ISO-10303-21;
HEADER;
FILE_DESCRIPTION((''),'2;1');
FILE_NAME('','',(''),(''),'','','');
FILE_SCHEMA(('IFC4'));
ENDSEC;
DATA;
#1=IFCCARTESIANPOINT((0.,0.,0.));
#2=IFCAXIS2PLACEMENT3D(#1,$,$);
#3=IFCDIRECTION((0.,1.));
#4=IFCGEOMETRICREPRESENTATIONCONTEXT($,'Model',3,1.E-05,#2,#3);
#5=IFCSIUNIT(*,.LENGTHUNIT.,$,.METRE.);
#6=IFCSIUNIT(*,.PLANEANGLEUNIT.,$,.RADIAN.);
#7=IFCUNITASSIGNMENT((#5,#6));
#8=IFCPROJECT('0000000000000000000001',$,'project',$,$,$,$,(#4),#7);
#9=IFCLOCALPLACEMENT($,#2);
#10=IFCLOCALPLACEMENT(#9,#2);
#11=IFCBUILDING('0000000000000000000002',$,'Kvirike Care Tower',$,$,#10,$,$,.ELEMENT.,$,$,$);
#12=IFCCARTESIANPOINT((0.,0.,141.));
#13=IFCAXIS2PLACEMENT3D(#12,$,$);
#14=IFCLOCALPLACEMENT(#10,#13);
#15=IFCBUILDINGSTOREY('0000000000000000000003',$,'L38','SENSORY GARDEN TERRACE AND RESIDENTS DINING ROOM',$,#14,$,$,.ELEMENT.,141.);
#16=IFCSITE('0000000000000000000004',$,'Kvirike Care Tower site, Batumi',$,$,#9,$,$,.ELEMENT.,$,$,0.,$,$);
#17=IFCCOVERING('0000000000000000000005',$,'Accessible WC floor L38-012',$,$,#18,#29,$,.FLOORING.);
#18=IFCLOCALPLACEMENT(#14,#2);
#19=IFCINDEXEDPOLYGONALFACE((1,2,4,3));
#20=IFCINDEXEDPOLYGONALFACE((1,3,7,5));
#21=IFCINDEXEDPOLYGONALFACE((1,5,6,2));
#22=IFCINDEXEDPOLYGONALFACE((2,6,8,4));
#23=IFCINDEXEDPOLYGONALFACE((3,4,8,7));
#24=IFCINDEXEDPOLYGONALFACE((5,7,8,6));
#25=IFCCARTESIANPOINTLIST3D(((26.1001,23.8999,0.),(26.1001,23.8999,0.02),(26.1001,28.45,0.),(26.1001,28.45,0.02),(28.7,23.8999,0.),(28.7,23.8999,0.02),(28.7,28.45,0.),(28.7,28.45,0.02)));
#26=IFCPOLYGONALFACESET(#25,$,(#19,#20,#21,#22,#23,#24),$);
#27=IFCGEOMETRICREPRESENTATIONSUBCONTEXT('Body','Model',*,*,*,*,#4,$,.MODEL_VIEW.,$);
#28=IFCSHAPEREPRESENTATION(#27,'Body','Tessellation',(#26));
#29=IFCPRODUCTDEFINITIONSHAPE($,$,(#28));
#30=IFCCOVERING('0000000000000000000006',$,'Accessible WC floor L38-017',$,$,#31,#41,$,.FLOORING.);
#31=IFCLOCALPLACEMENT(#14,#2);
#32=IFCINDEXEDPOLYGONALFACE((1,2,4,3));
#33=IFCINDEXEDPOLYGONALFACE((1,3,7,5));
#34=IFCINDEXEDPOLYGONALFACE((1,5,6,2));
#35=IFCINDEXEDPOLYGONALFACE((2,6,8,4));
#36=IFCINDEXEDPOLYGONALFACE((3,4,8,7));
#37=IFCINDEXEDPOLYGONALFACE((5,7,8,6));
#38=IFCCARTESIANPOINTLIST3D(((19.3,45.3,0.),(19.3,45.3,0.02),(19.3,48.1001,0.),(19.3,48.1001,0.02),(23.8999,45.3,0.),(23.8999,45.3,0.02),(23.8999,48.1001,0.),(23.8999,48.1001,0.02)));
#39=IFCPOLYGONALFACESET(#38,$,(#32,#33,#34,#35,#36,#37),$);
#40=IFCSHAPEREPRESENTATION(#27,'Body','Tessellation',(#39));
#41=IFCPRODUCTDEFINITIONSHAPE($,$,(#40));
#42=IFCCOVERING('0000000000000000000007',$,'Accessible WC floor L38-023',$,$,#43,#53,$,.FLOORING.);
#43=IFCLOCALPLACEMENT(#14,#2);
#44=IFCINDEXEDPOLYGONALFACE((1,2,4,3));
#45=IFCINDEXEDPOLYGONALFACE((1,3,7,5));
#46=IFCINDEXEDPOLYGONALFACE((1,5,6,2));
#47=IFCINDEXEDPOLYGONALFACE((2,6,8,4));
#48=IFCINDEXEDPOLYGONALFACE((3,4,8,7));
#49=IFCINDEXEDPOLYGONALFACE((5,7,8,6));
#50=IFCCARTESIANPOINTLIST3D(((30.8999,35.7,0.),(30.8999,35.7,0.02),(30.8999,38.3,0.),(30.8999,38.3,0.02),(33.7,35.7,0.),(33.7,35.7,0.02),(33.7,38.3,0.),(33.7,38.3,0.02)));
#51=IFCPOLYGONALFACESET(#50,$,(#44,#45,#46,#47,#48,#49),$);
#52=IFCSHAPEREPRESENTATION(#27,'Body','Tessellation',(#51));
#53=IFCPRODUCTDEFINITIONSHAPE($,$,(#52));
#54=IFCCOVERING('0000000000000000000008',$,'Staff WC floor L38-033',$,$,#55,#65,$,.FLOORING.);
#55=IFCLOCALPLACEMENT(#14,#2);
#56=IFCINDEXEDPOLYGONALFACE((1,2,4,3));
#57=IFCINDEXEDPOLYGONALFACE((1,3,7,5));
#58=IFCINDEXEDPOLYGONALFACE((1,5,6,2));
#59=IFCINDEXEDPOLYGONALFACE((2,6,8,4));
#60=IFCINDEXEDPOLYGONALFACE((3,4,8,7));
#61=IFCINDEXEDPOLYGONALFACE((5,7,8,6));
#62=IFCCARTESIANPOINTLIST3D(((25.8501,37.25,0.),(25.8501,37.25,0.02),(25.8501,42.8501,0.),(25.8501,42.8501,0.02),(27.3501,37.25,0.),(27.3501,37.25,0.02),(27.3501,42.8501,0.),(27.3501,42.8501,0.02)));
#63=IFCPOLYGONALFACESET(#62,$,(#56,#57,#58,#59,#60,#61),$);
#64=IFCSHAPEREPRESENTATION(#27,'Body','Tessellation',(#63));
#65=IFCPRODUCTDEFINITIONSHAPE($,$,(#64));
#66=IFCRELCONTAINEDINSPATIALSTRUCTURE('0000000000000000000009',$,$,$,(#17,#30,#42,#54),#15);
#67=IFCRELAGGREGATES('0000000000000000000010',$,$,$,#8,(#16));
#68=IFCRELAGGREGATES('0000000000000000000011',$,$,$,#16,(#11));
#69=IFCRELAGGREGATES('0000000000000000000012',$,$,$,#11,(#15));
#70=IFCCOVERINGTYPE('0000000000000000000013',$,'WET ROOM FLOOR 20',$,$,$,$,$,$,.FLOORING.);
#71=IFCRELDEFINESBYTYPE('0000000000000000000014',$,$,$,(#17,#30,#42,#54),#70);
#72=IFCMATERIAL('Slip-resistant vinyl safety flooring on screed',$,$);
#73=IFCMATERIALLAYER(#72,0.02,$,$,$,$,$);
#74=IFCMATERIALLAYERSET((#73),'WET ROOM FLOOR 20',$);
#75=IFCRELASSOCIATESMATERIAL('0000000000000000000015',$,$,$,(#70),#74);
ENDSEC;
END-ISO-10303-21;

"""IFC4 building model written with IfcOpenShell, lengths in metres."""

from ifc_helpers import new_model, si_unit, direction, frame, origin, place, context, subcontext, project, spatial, polyline, outline, extrude, material, layer, layer_set, type_object, element, save


model = new_model("IFC4")

# Units and contexts
model_context = context("Model", 3, precision=1e-05, world=origin(), true_north=direction((0.0, 1.0)))
body_context = subcontext(model_context, "Body", "Model", "MODEL_VIEW")
ifc_project = project(units=[si_unit("LENGTHUNIT", "METRE"), si_unit("PLANEANGLEUNIT", "RADIAN")], contexts=[model_context])

# Site, building, storey
site_placement = place(None, origin())
site = spatial("IfcSite", under=ifc_project, at=site_placement, Name="Kvirike Care Tower site, Batumi", CompositionType="ELEMENT", RefElevation=0.0)
building_placement = place(site_placement, origin())
building = spatial("IfcBuilding", under=site, at=building_placement, Name="Kvirike Care Tower", CompositionType="ELEMENT")
storey_placement = place(building_placement, frame((0.0, 0.0, 141.0)))
storey = spatial("IfcBuildingStorey", under=building, at=storey_placement, Name="L38", Description="SENSORY GARDEN TERRACE AND RESIDENTS DINING ROOM", CompositionType="ELEMENT", Elevation=141.0)

# Coverings
ifc_material_1 = material(Name="Slip-resistant vinyl safety flooring on screed")
ifc_layer_1 = layer(ifc_material_1, 0.02)
ifc_layer_set_1 = layer_set([ifc_layer_1], Name="WET ROOM FLOOR 20")
covering_type_1 = type_object("IfcCoveringType", Name="WET ROOM FLOOR 20", PredefinedType="FLOORING", material=ifc_layer_set_1)
covering_1_placement = place(storey_placement, origin())
element("IfcCovering", 1, at=covering_1_placement, inside=storey, type_object=covering_type_1, Name="Accessible WC floor L38-012", PredefinedType="FLOORING", context=body_context, shape_type="SweptSolid", body=[
    extrude(outline(polyline([(28.7, 23.8999), (26.1001, 23.8999), (26.1001, 28.45), (28.7, 28.45), (28.7, 23.8999)])), origin(), (0.0, 0.0, 1.0), 0.02),
])
covering_2_placement = place(storey_placement, origin())
element("IfcCovering", 2, at=covering_2_placement, inside=storey, type_object=covering_type_1, Name="Accessible WC floor L38-017", PredefinedType="FLOORING", context=body_context, shape_type="SweptSolid", body=[
    extrude(outline(polyline([(23.8999, 45.3), (19.3, 45.3), (19.3, 48.1001), (23.8999, 48.1001), (23.8999, 45.3)])), origin(), (0.0, 0.0, 1.0), 0.02),
])
covering_3_placement = place(storey_placement, origin())
element("IfcCovering", 3, at=covering_3_placement, inside=storey, type_object=covering_type_1, Name="Accessible WC floor L38-023", PredefinedType="FLOORING", context=body_context, shape_type="SweptSolid", body=[
    extrude(outline(polyline([(30.8999, 35.7), (30.8999, 38.3), (33.7, 38.3), (33.7, 35.7), (30.8999, 35.7)])), origin(), (0.0, 0.0, 1.0), 0.02),
])
covering_4_placement = place(storey_placement, origin())
element("IfcCovering", 4, at=covering_4_placement, inside=storey, type_object=covering_type_1, Name="Staff WC floor L38-033", PredefinedType="FLOORING", context=body_context, shape_type="SweptSolid", body=[
    extrude(outline(polyline([(27.3501, 37.25), (25.8501, 37.25), (25.8501, 42.8501), (27.3501, 42.8501), (27.3501, 37.25)])), origin(), (0.0, 0.0, 1.0), 0.02),
])

save(model, "model.ifc")
